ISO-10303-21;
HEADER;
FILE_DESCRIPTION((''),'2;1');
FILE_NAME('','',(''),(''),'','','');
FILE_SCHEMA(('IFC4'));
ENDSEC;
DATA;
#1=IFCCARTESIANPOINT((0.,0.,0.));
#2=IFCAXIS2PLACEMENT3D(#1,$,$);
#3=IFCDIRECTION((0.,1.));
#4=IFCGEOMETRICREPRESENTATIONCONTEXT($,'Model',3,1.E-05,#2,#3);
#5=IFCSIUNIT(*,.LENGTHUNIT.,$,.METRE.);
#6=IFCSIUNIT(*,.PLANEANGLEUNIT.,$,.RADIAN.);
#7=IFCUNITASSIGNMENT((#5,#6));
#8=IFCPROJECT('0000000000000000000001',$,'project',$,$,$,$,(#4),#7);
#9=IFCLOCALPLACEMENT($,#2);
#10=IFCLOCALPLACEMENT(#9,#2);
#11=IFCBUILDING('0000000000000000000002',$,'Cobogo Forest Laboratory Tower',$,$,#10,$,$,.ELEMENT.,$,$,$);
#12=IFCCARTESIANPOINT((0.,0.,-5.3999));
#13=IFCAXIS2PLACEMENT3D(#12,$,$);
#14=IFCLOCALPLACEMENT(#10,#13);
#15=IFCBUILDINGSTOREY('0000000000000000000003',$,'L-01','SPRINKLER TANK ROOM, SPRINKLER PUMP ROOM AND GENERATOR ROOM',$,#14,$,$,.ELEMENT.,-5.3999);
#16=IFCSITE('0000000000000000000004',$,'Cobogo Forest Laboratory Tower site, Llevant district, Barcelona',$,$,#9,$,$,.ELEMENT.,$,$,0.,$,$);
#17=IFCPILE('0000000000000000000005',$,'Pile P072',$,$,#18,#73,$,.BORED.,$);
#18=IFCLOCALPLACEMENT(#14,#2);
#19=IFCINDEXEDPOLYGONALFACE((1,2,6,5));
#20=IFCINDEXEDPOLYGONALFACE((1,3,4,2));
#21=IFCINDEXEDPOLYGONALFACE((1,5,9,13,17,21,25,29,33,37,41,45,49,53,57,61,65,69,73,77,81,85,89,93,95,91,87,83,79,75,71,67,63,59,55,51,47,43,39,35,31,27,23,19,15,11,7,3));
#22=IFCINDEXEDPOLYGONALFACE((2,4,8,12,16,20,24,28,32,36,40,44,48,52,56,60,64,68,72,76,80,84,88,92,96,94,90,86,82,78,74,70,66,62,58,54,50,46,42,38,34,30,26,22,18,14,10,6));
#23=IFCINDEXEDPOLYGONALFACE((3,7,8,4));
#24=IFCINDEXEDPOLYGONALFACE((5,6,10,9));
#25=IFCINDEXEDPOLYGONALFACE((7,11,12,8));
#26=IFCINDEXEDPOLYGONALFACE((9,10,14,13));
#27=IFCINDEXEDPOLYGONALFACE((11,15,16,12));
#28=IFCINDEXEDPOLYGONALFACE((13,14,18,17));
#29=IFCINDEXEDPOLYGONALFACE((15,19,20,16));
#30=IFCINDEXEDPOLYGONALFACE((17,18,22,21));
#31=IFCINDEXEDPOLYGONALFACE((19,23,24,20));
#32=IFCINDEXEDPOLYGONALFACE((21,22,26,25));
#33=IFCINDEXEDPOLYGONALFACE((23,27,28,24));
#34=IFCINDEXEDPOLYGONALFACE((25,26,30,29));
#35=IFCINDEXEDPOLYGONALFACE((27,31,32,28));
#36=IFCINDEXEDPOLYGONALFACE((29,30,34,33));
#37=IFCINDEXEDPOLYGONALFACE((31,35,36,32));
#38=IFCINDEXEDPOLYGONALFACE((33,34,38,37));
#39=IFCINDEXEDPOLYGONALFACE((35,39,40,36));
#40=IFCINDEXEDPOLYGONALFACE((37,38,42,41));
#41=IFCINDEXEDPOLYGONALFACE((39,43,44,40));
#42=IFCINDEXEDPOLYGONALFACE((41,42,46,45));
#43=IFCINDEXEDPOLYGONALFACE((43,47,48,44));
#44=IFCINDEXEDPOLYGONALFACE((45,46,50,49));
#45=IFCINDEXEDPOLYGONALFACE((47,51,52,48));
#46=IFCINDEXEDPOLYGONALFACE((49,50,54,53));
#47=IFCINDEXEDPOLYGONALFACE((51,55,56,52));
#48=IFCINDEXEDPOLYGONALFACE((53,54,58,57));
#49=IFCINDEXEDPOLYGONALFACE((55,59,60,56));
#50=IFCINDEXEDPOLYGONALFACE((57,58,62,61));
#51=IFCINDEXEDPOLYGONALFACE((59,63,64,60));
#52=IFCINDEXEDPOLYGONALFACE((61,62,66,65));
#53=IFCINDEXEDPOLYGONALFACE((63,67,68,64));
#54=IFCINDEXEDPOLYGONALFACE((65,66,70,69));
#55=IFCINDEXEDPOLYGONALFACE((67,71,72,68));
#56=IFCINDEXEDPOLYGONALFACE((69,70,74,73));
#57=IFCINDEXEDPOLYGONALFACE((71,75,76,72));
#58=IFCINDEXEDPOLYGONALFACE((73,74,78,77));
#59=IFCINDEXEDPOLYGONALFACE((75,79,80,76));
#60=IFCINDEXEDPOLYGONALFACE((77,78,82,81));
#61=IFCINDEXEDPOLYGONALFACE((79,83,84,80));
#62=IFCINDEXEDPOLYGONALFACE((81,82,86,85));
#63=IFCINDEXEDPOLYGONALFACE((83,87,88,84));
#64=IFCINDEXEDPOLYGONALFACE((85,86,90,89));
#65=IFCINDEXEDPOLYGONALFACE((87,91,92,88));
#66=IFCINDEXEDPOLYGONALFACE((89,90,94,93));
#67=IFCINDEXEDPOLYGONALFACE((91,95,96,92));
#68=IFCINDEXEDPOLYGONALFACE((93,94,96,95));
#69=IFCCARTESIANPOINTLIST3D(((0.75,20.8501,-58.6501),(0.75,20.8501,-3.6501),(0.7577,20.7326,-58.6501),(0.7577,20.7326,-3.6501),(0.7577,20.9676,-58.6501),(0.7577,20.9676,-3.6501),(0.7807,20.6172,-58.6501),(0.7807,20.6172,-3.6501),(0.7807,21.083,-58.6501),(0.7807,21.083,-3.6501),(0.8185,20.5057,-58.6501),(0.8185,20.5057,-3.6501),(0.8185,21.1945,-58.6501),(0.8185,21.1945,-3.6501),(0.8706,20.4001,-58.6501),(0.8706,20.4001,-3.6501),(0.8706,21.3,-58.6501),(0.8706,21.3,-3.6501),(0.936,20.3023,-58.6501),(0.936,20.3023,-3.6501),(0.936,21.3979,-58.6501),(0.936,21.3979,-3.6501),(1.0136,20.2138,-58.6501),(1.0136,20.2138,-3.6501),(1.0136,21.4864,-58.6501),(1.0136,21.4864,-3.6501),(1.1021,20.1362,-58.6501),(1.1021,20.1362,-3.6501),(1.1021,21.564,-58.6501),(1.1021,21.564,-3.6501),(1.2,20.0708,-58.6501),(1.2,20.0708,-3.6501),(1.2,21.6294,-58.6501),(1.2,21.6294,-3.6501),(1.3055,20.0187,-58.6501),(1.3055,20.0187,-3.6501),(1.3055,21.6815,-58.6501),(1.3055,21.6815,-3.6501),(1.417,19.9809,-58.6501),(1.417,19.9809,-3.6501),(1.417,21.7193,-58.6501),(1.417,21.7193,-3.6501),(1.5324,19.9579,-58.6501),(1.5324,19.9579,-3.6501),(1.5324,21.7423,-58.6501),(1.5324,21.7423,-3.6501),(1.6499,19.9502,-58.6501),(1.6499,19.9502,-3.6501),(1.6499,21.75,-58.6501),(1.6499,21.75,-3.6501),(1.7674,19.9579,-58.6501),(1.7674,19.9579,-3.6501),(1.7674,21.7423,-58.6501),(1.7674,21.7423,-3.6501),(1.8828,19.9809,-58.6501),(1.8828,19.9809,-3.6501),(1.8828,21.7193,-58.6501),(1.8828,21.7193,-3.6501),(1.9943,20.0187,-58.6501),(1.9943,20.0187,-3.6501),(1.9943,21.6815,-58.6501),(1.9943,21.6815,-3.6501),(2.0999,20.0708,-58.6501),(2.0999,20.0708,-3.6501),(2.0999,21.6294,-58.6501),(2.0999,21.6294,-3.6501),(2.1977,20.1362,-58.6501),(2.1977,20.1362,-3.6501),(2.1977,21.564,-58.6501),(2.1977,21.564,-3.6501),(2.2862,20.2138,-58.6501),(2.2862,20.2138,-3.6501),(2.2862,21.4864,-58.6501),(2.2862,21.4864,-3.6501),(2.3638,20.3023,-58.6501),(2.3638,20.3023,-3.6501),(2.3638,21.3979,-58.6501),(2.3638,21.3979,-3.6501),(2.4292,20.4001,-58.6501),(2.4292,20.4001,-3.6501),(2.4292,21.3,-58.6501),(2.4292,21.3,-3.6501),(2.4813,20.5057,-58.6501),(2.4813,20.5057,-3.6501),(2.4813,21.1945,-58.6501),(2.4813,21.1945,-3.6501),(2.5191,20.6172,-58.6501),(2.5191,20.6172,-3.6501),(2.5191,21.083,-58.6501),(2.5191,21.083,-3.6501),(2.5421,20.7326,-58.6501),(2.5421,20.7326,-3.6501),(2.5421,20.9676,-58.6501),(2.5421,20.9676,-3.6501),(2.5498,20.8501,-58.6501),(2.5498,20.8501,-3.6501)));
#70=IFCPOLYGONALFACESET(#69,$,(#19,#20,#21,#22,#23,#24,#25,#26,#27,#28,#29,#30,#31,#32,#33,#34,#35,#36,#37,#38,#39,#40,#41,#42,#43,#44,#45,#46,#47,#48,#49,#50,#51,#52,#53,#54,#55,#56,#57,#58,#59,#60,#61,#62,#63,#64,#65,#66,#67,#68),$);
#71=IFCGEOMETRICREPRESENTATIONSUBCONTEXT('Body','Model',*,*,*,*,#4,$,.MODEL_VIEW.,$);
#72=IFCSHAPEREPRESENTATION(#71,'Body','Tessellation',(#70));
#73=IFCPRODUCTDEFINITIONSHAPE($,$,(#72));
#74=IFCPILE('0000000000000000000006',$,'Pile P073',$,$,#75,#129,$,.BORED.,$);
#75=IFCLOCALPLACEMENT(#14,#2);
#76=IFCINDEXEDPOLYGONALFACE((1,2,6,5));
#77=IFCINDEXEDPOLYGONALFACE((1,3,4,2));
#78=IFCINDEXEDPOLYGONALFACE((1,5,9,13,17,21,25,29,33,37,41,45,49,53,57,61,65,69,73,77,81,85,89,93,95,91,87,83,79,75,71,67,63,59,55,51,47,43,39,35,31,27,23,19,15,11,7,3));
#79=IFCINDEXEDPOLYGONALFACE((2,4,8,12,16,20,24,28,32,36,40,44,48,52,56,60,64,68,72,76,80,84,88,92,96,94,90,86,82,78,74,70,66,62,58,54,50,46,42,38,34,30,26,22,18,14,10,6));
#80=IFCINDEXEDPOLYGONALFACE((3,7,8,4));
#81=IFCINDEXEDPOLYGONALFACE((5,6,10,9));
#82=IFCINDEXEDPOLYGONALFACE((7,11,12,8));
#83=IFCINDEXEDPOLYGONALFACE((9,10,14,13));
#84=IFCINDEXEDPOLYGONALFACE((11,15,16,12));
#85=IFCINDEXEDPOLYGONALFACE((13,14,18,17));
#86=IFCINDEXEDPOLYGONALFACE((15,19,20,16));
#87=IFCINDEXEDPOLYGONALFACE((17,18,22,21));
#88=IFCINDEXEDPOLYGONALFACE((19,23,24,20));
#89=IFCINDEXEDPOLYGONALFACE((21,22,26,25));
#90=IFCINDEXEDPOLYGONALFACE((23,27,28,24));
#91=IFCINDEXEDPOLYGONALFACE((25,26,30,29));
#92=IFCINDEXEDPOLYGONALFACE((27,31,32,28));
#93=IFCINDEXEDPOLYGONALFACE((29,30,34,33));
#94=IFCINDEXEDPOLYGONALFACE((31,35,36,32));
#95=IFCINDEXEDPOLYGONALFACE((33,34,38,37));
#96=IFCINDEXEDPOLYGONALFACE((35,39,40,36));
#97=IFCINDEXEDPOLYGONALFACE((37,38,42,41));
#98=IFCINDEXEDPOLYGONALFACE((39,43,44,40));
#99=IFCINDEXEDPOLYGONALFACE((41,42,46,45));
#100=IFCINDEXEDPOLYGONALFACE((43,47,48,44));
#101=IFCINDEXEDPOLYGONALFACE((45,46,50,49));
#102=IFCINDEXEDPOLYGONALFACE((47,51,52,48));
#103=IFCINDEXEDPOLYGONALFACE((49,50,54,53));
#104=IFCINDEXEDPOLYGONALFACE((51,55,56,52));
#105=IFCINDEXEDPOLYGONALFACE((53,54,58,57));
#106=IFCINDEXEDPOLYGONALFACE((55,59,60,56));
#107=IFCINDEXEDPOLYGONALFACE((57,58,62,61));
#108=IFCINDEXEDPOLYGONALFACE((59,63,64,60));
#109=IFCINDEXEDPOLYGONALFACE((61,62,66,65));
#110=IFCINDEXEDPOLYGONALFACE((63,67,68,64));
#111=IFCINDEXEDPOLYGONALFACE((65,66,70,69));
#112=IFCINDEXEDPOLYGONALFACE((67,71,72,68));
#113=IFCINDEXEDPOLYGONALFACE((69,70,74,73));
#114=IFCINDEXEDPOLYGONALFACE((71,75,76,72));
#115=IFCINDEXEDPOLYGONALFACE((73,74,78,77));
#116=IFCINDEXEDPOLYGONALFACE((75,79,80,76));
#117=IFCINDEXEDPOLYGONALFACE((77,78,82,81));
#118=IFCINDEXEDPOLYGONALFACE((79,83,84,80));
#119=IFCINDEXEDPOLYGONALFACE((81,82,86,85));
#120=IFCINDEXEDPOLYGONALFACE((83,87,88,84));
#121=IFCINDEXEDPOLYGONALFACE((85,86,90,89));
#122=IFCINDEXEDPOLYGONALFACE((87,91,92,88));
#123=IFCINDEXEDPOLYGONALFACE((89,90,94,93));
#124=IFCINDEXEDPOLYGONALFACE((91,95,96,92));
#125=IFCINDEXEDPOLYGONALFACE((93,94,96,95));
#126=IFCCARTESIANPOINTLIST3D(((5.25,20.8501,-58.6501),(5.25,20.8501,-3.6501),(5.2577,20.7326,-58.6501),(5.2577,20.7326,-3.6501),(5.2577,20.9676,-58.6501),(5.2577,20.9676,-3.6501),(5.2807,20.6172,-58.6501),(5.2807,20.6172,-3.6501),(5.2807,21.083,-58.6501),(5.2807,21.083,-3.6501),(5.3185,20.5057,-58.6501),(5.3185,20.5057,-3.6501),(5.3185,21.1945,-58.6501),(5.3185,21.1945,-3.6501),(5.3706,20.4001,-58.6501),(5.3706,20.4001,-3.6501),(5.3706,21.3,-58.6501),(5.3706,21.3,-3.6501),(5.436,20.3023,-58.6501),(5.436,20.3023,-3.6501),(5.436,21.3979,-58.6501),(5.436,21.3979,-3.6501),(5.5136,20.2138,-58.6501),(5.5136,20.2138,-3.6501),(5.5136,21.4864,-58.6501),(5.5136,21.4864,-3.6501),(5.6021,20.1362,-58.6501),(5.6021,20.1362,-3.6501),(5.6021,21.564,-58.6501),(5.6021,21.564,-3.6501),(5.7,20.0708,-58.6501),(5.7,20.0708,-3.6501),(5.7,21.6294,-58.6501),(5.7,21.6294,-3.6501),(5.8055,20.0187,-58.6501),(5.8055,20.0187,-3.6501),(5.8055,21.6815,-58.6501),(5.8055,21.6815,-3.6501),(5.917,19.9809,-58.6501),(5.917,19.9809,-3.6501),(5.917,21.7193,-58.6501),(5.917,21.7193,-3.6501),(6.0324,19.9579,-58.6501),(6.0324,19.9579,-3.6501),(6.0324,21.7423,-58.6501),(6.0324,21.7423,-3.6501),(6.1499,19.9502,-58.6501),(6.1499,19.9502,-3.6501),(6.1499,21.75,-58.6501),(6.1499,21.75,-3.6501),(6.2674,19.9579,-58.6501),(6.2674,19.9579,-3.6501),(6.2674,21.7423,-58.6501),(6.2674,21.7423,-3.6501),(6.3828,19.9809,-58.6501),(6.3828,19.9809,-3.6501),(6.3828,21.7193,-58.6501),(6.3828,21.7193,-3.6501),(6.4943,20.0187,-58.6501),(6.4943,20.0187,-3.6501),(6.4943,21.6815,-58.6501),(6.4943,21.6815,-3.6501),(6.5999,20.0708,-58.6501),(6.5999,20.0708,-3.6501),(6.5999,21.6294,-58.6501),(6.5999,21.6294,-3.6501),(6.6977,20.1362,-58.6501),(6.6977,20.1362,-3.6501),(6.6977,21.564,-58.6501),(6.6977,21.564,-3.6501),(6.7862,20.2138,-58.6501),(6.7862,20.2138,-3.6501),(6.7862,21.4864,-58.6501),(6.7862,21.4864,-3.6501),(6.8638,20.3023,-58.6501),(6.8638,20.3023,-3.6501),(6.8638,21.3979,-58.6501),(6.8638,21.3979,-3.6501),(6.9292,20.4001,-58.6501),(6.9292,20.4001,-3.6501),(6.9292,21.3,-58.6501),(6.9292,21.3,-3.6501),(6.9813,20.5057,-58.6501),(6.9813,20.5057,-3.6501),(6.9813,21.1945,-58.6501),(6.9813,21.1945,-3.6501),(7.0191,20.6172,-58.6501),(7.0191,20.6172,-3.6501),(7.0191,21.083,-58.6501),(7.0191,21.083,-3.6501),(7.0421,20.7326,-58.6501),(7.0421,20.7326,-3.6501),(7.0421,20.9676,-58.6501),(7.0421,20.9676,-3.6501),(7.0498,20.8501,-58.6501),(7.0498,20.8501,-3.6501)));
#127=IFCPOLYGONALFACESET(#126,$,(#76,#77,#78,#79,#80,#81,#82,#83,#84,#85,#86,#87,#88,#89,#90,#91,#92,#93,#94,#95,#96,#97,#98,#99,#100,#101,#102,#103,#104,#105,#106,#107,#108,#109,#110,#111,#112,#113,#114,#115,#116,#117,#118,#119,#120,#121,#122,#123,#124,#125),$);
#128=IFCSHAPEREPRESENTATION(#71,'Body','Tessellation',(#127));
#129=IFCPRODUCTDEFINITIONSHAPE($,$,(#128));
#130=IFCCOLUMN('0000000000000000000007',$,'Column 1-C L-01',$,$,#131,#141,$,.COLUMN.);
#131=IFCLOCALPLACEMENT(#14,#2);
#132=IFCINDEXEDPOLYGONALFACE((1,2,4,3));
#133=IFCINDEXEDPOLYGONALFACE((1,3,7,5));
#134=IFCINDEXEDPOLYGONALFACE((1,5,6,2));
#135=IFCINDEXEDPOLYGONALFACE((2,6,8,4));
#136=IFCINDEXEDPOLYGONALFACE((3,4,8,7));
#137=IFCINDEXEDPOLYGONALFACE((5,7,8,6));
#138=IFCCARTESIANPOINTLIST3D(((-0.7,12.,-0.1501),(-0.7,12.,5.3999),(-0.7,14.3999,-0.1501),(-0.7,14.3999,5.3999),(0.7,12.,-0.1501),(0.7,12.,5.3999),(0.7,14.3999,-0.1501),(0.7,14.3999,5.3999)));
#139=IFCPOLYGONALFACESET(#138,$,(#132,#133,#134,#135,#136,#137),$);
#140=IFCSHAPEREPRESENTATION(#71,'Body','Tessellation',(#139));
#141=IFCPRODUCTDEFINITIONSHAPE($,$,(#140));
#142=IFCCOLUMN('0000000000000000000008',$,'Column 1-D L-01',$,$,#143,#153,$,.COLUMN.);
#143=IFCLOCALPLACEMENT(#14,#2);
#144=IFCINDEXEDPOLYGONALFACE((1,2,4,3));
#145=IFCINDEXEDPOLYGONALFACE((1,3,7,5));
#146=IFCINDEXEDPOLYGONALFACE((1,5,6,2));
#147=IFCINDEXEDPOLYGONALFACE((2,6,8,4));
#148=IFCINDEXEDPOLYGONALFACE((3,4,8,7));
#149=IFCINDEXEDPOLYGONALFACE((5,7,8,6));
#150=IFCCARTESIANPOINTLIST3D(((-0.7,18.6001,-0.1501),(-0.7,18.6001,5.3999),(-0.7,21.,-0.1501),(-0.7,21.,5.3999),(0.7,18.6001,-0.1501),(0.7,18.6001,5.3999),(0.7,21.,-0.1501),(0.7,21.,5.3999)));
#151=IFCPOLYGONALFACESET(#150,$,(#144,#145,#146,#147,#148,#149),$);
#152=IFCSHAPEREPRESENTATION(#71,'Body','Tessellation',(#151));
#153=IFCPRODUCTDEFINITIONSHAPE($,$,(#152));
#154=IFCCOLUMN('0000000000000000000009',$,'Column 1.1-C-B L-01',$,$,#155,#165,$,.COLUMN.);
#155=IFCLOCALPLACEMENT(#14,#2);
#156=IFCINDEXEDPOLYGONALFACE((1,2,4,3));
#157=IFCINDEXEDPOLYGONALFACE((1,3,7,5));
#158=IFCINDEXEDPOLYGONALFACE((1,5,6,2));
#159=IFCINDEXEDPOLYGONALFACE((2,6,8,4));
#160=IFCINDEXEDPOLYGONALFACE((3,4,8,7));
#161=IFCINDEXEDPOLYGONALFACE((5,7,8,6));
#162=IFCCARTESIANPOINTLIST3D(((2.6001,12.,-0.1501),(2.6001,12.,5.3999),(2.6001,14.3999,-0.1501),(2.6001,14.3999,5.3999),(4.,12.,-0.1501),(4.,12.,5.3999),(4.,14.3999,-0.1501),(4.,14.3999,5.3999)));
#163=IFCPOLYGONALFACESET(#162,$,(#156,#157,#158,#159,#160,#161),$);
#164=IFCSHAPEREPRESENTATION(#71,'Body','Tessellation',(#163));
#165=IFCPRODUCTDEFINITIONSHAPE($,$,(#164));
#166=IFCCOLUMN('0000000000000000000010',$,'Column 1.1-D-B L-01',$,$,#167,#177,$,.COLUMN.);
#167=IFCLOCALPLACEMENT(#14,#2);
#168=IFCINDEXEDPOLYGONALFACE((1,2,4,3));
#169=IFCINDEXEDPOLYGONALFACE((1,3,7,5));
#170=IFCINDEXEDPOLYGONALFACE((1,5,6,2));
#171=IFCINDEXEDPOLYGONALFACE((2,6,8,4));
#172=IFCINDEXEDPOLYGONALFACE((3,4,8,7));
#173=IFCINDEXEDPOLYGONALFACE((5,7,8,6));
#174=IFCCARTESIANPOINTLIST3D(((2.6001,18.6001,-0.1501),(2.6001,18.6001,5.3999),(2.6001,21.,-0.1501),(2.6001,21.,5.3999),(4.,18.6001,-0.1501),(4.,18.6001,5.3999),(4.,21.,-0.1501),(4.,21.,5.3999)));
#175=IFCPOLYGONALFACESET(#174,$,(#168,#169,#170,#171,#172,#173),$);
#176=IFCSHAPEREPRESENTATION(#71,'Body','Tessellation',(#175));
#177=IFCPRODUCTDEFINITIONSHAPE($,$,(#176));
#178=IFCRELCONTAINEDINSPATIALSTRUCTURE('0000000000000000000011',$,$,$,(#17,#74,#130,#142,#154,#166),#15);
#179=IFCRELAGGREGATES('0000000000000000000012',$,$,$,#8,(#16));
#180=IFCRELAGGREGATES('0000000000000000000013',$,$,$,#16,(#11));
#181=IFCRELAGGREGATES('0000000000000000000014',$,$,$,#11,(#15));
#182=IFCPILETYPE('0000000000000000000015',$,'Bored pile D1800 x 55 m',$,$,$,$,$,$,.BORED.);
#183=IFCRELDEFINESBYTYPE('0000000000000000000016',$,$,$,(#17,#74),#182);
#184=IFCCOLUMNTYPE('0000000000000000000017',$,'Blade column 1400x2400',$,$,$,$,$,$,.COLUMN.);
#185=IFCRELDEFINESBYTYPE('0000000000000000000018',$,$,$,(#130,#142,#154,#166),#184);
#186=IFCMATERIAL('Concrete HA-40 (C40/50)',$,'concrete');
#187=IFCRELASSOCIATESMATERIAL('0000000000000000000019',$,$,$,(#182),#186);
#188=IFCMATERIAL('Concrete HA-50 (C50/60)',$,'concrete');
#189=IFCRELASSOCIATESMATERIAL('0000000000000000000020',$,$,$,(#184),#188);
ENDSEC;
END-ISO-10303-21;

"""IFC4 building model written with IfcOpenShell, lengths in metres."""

from ifc_helpers import new_model, si_unit, direction, frame, origin, origin_2d, place, context, subcontext, project, spatial, rectangle, circle, extrude, material, material_profile, profile_set, type_object, element, save


model = new_model("IFC4")

# Units and contexts
model_context = context("Model", 3, precision=1e-05, world=origin(), true_north=direction((0.0, 1.0)))
body_context = subcontext(model_context, "Body", "Model", "MODEL_VIEW")
ifc_project = project(units=[si_unit("LENGTHUNIT", "METRE"), si_unit("PLANEANGLEUNIT", "RADIAN")], contexts=[model_context])

# Site, building, storey
site_placement = place(None, origin())
site = spatial("IfcSite", under=ifc_project, at=site_placement, Name="Cobogo Forest Laboratory Tower site, Llevant district, Barcelona", CompositionType="ELEMENT", RefElevation=0.0)
building_placement = place(site_placement, origin())
building = spatial("IfcBuilding", under=site, at=building_placement, Name="Cobogo Forest Laboratory Tower", CompositionType="ELEMENT")
storey_placement = place(building_placement, frame((0.0, 0.0, -5.3999)))
storey = spatial("IfcBuildingStorey", under=building, at=storey_placement, Name="L-01", Description="SPRINKLER TANK ROOM, SPRINKLER PUMP ROOM AND GENERATOR ROOM", CompositionType="ELEMENT", Elevation=-5.3999)

# Piles
ifc_material_1 = material(Name="Concrete HA-40 (C40/50)", Category="concrete")
ifc_material_profile_1 = material_profile(ifc_material_1, circle(Radius=0.8999, at=origin_2d()), Name="PILE D1800")
ifc_profile_set_1 = profile_set([ifc_material_profile_1], Name="Concrete HA-40 (C40/50)")
pile_type_1 = type_object("IfcPileType", Name="Bored pile D1800 x 55 m", PredefinedType="BORED", material=ifc_profile_set_1)
for number, where, z_axis, x_axis, name in (
    (1, (1.6499, 20.8501, -3.6501), (0.0, 0.0, -1.0), (1.0, 0.0, 0.0), "Pile P072"),
    (2, (6.1499, 20.8501, -3.6501), (0.0, 0.0, -1.0), (1.0, 0.0, 0.0), "Pile P073"),
):
    element("IfcPile", number, at=place(storey_placement, frame(where, z_axis=z_axis, x_axis=x_axis)), inside=storey, type_object=pile_type_1, Name=name, PredefinedType="BORED", context=body_context, shape_type="SweptSolid", body=[
        extrude(circle(Radius=0.8999, at=origin_2d()), origin(), (0.0, 0.0, 1.0), 55.0),
    ])

# Columns
ifc_material_2 = material(Name="Concrete HA-50 (C50/60)", Category="concrete")
ifc_material_profile_2 = material_profile(ifc_material_2, rectangle(XDim=2.3999, YDim=1.3999, at=origin_2d()), Name="RC 1400x2400")
ifc_profile_set_2 = profile_set([ifc_material_profile_2], Name="Concrete HA-50 (C50/60)")
column_type_1 = type_object("IfcColumnType", Name="Blade column 1400x2400", PredefinedType="COLUMN", material=ifc_profile_set_2)
for number, where, z_axis, x_axis, name in (
    (3, (0.0, 13.2, -0.1501), (0.0, 0.0, 1.0), (0.0, 1.0, 0.0), "Column 1-C L-01"),
    (4, (0.0, 19.8, -0.1501), (0.0, 0.0, 1.0), (0.0, 1.0, 0.0), "Column 1-D L-01"),
    (5, (3.3, 13.2, -0.1501), (0.0, 0.0, 1.0), (0.0, 1.0, 0.0), "Column 1.1-C-B L-01"),
    (6, (3.3, 19.8, -0.1501), (0.0, 0.0, 1.0), (0.0, 1.0, 0.0), "Column 1.1-D-B L-01"),
):
    element("IfcColumn", number, at=place(storey_placement, frame(where, z_axis=z_axis, x_axis=x_axis)), inside=storey, type_object=column_type_1, Name=name, PredefinedType="COLUMN", context=body_context, shape_type="SweptSolid", body=[
        extrude(rectangle(XDim=2.3999, YDim=1.3999, at=origin_2d()), origin(), (0.0, 0.0, 1.0), 5.55),
    ])

save(model, "model.ifc")
